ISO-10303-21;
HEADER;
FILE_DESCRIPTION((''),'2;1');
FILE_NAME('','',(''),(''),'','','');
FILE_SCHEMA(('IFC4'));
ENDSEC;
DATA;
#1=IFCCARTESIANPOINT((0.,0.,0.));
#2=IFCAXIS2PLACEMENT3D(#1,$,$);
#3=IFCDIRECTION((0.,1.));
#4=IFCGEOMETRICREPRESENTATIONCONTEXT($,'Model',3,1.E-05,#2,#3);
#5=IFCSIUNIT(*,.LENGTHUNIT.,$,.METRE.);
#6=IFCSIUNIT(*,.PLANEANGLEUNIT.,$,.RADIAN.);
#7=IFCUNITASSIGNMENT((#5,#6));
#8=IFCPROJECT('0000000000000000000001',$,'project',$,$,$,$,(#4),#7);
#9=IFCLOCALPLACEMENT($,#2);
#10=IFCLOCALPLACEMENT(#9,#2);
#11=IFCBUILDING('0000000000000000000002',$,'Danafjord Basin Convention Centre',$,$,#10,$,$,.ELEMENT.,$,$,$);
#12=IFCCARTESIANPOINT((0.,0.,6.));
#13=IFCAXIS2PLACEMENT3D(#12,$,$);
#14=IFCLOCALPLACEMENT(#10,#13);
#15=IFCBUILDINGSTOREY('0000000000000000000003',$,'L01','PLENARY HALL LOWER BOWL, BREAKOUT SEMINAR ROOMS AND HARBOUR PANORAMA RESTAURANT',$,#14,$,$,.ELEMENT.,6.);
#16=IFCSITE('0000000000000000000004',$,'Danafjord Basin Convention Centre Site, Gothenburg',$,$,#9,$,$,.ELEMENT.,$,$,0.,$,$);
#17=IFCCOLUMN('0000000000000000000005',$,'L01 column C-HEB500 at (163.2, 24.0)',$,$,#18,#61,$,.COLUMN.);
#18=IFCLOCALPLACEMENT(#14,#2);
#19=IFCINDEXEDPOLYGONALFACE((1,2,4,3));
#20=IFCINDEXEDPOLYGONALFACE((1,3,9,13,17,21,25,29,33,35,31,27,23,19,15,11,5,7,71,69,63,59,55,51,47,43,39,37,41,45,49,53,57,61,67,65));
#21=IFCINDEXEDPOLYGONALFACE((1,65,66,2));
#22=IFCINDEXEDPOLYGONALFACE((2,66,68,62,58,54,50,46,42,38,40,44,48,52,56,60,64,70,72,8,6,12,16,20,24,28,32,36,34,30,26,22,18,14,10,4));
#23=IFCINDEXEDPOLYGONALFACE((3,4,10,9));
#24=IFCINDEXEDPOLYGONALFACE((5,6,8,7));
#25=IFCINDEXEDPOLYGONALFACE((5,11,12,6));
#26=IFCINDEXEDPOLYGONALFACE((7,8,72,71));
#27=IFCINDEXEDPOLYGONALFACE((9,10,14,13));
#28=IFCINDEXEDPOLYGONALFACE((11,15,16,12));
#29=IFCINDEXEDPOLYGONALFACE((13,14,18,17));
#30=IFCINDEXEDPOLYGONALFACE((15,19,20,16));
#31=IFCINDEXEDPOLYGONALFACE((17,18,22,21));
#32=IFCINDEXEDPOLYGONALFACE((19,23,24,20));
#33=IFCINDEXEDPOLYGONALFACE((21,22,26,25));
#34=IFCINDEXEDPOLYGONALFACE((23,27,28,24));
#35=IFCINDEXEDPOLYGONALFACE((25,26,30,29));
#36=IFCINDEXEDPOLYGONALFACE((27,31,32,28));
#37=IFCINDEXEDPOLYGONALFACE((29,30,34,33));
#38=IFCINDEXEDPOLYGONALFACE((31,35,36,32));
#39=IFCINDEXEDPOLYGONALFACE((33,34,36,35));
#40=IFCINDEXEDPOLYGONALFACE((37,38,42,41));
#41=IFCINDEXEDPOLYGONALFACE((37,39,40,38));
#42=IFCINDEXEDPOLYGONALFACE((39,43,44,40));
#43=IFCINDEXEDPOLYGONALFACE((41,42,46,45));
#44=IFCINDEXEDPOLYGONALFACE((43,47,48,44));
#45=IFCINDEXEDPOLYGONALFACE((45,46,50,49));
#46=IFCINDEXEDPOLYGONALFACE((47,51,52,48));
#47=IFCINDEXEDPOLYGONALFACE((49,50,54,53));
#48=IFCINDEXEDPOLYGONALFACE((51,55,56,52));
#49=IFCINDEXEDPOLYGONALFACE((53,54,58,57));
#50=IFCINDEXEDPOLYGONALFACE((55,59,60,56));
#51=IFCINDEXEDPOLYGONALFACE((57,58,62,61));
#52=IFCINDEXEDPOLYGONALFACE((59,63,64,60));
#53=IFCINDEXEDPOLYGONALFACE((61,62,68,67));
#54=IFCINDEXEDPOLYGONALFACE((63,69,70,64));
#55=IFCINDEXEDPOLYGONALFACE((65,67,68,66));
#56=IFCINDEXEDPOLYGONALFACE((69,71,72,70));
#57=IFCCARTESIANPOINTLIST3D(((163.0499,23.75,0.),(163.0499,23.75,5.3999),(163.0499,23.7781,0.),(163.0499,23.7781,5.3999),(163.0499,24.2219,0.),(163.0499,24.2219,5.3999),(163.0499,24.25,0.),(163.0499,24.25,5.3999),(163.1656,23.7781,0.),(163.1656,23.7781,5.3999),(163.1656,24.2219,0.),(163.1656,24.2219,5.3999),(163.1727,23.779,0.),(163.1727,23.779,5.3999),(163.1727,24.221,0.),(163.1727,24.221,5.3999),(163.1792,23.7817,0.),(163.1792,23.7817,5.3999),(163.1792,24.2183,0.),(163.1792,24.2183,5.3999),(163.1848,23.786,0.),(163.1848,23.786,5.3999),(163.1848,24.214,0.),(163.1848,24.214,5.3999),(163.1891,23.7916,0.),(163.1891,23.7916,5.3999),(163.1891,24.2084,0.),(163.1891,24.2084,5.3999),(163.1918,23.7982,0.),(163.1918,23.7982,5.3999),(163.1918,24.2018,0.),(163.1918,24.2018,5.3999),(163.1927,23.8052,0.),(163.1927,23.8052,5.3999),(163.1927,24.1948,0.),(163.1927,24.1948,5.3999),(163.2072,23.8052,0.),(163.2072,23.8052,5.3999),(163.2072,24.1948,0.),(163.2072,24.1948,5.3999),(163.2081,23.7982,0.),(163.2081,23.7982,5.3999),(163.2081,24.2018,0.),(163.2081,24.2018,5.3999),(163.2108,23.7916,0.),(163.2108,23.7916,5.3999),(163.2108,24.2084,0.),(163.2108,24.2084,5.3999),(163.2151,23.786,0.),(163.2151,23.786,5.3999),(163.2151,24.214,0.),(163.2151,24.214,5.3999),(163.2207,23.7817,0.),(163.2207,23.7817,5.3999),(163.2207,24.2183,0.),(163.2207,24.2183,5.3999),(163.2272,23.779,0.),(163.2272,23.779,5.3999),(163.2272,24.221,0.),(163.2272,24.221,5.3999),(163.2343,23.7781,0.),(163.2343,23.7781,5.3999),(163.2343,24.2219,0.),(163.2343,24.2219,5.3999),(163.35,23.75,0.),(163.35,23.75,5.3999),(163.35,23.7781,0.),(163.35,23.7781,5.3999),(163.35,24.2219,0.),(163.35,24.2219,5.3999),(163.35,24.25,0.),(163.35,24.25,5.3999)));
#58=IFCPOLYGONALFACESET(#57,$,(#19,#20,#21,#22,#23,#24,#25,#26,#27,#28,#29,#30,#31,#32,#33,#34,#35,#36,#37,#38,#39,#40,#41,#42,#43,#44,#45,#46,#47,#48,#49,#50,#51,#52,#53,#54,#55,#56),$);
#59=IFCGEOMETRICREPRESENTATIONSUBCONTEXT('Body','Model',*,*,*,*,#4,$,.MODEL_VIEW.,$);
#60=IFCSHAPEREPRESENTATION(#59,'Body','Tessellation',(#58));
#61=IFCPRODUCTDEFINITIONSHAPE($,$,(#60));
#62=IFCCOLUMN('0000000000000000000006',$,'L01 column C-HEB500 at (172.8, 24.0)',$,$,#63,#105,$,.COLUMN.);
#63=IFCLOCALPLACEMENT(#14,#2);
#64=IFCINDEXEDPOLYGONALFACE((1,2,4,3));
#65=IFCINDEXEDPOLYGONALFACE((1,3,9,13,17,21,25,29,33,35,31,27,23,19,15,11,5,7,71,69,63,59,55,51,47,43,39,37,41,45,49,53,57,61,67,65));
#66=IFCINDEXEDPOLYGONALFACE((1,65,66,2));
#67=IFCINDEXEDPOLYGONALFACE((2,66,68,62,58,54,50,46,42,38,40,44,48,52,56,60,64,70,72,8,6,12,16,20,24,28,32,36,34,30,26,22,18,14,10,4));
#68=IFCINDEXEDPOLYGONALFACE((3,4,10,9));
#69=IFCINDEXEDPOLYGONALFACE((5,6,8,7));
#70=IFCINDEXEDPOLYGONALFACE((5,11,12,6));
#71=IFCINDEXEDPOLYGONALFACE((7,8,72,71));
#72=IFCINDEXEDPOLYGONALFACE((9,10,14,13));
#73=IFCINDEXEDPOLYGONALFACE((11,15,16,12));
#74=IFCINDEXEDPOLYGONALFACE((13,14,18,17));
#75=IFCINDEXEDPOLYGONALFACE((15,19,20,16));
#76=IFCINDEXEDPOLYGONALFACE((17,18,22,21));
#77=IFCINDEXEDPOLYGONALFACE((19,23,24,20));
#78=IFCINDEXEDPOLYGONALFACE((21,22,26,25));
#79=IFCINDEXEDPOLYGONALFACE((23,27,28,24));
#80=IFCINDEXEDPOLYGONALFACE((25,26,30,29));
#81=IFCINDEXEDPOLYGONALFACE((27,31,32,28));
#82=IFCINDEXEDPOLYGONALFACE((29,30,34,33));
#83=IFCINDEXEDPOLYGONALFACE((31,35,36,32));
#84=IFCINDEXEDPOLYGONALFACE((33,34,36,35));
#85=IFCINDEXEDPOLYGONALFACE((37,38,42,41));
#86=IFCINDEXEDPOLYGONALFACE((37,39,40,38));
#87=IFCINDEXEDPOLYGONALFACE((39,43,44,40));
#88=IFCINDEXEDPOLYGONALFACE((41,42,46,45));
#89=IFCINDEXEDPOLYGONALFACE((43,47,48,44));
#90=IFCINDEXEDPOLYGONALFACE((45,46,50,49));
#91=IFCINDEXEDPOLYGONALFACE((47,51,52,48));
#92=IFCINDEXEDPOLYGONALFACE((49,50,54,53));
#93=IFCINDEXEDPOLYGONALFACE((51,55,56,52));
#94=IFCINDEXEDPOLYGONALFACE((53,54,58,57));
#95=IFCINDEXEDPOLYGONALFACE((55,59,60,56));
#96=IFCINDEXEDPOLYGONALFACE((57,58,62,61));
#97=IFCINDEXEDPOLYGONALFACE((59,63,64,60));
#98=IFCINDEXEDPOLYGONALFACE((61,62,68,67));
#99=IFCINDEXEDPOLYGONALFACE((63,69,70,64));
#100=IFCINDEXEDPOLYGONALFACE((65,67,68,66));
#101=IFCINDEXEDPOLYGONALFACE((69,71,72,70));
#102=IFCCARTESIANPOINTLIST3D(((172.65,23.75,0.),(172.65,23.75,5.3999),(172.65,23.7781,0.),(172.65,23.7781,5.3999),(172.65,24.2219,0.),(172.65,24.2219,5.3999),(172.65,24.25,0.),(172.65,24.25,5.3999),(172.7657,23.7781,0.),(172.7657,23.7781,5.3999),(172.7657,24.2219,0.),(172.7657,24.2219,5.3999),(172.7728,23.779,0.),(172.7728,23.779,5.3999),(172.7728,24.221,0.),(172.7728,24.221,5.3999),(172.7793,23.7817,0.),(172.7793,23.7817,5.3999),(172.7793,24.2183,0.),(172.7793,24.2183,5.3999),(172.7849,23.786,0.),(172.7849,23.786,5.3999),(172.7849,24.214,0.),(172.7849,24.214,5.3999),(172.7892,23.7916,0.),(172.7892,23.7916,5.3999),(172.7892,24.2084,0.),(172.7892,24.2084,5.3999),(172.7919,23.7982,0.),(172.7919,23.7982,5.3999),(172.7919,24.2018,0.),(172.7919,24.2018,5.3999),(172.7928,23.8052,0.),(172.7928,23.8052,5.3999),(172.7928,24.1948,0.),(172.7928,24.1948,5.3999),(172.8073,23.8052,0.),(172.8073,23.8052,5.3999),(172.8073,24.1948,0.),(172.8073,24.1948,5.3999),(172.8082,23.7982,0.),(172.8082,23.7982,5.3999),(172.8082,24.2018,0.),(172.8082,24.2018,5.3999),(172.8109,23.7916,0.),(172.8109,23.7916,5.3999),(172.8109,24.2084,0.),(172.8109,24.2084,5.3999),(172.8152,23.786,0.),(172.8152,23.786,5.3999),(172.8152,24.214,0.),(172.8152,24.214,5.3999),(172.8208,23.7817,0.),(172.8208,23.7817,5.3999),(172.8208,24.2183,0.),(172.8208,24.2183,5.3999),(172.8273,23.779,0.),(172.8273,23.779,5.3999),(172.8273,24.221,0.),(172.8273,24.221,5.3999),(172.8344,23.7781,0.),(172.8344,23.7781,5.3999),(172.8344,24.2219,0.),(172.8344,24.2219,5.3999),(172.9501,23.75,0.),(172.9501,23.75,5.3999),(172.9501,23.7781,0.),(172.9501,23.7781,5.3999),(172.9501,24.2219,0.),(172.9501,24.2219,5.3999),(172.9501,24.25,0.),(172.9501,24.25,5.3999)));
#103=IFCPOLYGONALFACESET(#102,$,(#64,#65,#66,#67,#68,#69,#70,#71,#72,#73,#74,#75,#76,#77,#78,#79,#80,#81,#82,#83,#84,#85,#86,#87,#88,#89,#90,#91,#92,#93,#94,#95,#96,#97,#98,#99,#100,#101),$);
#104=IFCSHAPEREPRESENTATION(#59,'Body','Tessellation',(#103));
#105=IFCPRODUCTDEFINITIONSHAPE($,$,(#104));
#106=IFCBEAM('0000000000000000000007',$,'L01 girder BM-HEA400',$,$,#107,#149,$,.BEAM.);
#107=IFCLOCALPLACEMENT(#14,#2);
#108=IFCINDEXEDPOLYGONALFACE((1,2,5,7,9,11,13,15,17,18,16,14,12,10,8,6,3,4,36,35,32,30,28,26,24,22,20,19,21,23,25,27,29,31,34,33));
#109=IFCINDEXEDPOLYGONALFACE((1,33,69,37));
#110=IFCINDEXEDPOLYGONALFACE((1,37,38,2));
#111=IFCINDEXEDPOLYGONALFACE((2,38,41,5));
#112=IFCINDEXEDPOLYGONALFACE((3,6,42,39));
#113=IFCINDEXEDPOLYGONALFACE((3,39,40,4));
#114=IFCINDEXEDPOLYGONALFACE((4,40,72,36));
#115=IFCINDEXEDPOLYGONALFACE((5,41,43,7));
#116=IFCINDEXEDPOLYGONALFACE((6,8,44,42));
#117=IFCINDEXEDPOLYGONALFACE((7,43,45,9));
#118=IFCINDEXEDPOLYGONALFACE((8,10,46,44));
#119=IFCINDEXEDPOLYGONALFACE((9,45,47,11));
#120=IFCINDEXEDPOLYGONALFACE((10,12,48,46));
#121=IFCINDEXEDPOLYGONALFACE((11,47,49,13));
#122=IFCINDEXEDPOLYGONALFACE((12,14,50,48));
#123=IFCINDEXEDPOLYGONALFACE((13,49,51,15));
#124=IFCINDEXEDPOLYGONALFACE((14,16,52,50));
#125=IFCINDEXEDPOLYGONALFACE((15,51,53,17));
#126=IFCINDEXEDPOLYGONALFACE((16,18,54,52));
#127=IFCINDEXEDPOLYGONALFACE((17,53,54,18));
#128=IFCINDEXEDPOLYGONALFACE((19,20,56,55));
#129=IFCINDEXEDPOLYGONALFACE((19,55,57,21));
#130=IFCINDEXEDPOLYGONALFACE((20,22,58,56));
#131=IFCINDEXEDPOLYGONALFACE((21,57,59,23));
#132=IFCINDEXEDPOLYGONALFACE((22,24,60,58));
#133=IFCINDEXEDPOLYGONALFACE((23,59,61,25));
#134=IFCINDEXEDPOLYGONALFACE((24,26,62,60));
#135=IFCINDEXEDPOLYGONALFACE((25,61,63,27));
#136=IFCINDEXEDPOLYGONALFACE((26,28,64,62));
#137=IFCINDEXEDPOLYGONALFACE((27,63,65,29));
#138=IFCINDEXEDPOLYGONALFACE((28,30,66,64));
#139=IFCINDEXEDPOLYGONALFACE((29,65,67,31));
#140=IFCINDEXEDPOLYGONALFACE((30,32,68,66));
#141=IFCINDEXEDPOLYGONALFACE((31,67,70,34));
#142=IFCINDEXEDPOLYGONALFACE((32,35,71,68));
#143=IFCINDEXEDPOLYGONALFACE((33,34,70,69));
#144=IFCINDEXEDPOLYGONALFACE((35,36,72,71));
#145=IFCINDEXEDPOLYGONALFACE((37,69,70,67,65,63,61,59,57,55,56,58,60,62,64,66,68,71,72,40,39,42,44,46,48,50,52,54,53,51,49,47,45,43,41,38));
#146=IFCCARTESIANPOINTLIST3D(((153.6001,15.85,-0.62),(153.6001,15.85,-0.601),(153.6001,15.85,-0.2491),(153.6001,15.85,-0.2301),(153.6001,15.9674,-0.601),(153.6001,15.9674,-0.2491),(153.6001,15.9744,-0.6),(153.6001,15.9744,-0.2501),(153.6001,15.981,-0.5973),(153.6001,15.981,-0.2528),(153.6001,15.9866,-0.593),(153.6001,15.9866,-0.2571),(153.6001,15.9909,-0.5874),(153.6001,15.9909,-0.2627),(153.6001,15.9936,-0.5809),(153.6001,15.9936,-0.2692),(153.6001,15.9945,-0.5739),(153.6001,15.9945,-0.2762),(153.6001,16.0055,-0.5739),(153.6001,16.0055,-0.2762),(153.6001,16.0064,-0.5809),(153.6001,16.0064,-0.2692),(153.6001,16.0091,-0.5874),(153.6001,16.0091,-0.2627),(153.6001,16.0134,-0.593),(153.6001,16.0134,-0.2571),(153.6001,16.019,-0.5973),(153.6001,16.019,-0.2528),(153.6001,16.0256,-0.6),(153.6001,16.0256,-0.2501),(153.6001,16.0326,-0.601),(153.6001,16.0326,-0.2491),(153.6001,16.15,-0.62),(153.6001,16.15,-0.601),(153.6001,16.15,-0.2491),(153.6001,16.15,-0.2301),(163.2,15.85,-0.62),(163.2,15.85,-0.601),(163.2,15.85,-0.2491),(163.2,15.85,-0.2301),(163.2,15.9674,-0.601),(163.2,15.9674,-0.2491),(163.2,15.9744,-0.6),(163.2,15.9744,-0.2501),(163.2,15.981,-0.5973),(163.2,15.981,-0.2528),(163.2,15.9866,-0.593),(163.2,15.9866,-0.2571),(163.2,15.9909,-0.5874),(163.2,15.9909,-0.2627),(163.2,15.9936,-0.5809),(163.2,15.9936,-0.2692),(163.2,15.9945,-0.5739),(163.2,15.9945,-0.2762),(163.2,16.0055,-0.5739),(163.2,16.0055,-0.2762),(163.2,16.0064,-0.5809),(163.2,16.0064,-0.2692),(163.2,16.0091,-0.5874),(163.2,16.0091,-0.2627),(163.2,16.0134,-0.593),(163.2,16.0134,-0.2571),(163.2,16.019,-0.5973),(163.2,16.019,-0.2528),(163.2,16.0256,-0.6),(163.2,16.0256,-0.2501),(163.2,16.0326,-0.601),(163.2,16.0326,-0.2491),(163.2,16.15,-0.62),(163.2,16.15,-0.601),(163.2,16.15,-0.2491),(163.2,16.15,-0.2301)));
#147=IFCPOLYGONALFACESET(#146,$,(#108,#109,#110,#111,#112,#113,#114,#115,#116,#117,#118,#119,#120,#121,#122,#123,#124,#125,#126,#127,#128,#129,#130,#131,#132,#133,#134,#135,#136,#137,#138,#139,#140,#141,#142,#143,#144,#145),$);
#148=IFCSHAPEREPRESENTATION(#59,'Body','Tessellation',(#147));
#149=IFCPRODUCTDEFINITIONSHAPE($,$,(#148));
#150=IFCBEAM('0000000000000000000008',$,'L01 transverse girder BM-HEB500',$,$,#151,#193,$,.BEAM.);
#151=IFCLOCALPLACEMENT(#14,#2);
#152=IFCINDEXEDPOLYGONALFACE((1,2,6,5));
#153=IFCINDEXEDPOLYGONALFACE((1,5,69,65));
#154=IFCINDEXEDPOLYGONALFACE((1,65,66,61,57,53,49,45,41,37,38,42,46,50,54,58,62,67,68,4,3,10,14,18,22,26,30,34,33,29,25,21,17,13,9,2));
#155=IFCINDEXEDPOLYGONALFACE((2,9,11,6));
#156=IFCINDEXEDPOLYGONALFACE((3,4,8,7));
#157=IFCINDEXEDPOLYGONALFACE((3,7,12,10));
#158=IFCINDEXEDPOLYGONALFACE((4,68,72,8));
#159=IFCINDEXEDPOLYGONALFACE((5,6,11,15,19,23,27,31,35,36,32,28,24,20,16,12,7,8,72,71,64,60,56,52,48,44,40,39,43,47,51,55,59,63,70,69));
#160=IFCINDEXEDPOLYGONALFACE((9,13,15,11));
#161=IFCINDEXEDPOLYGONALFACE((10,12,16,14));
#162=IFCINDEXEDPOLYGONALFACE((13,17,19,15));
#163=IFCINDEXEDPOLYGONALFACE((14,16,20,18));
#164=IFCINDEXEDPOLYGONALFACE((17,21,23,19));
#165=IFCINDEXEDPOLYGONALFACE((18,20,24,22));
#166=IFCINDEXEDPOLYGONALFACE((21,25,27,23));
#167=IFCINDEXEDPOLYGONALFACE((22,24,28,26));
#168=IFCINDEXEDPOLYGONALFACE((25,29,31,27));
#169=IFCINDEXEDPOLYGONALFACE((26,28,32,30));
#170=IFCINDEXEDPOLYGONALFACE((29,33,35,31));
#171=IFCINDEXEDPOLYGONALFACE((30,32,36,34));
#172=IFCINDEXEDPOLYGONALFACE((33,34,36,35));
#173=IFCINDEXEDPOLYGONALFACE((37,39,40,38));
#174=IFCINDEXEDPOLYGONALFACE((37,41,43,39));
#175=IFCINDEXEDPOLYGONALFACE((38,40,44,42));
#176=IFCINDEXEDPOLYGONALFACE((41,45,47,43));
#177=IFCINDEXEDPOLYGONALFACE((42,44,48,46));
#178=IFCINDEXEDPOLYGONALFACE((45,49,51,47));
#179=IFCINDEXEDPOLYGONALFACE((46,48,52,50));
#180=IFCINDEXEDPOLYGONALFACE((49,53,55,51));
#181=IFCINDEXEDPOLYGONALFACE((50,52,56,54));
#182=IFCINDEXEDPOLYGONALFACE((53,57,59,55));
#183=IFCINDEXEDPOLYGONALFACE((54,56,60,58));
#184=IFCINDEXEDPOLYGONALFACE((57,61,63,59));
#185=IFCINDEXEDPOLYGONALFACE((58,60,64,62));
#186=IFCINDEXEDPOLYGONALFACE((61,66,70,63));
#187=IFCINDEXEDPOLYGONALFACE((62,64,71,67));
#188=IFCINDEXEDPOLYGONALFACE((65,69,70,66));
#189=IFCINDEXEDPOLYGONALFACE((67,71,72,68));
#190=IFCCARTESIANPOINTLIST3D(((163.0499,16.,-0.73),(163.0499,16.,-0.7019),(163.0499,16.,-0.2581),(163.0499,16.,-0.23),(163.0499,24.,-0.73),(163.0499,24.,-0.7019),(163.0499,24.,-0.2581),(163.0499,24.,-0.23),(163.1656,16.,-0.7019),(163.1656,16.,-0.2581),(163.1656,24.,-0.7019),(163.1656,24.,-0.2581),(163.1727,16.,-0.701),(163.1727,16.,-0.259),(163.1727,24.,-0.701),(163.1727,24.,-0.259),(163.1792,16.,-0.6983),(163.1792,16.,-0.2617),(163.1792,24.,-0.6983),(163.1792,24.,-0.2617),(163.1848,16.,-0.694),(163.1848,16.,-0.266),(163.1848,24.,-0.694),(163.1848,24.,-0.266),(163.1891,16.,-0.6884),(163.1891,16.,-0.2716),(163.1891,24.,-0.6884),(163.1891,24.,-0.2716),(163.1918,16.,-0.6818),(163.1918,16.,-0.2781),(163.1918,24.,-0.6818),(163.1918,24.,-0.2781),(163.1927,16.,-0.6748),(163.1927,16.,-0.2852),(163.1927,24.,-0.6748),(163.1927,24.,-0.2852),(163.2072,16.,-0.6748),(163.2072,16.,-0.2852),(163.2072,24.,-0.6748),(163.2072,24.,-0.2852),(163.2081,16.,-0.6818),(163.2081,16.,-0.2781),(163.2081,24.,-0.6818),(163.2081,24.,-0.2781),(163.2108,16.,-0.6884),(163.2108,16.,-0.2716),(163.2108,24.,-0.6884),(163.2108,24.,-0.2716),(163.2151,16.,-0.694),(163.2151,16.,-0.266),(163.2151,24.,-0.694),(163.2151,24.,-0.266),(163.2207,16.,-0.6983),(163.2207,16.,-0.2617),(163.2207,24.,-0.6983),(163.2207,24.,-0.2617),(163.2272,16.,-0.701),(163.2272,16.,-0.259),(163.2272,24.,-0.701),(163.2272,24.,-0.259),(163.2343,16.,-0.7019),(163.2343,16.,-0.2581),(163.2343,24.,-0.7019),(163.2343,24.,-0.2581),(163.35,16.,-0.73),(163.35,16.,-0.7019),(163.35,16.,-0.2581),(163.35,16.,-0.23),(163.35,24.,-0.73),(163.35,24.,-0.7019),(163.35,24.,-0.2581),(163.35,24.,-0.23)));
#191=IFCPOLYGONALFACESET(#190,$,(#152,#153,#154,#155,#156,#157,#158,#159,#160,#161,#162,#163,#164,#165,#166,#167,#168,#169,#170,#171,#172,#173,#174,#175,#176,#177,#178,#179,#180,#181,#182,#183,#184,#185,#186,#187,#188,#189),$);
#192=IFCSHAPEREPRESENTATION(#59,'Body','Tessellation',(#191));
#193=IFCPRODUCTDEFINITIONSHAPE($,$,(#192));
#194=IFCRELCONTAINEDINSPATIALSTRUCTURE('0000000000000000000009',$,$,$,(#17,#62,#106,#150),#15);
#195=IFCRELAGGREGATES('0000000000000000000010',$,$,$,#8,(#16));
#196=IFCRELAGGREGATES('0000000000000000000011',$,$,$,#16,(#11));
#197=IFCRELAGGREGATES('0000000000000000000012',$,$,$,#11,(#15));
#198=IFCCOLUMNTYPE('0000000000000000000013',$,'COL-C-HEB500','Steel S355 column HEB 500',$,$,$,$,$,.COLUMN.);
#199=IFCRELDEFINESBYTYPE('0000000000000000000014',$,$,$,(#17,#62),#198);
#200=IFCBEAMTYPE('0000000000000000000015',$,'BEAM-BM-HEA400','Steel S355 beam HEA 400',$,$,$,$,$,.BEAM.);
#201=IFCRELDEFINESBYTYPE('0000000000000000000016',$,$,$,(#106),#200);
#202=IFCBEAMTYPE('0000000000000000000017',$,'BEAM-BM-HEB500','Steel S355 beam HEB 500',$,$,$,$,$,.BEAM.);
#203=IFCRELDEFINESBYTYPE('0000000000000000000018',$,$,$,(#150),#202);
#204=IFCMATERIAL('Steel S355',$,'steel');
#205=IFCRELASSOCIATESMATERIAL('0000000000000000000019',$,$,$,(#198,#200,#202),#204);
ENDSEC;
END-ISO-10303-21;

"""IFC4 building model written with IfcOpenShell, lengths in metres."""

from ifc_helpers import new_model, si_unit, direction, frame, origin, origin_2d, place, context, subcontext, project, spatial, i_section, extrude, material, material_profile, profile_set, type_object, element, save


model = new_model("IFC4")

# Units and contexts
model_context = context("Model", 3, precision=1e-05, world=origin(), true_north=direction((0.0, 1.0)))
body_context = subcontext(model_context, "Body", "Model", "MODEL_VIEW")
ifc_project = project(units=[si_unit("LENGTHUNIT", "METRE"), si_unit("PLANEANGLEUNIT", "RADIAN")], contexts=[model_context])

# Site, building, storey
site_placement = place(None, origin())
site = spatial("IfcSite", under=ifc_project, at=site_placement, Name="Danafjord Basin Convention Centre Site, Gothenburg", CompositionType="ELEMENT", RefElevation=0.0)
building_placement = place(site_placement, origin())
building = spatial("IfcBuilding", under=site, at=building_placement, Name="Danafjord Basin Convention Centre", CompositionType="ELEMENT")
storey_placement = place(building_placement, frame((0.0, 0.0, 6.0)))
storey = spatial("IfcBuildingStorey", under=building, at=storey_placement, Name="L01", Description="PLENARY HALL LOWER BOWL, BREAKOUT SEMINAR ROOMS AND HARBOUR PANORAMA RESTAURANT", CompositionType="ELEMENT", Elevation=6.0)

# Columns
ifc_material_1 = material(Name="Steel S355", Category="steel")
ifc_material_profile_1 = material_profile(ifc_material_1, i_section(OverallWidth=0.3, OverallDepth=0.5, WebThickness=0.0144, FlangeThickness=0.0281, FilletRadius=0.0271, at=origin_2d()), Name="HEB 500")
ifc_profile_set_1 = profile_set([ifc_material_profile_1], Name="Steel S355")
column_type_1 = type_object("IfcColumnType", Name="COL-C-HEB500", Description="Steel S355 column HEB 500", PredefinedType="COLUMN", material=ifc_profile_set_1)
for number, where, z_axis, x_axis, name in (
    (1, (163.2, 24.0, 0.0), (0.0, 0.0, 1.0), (1.0, 0.0, 0.0), "L01 column C-HEB500 at (163.2, 24.0)"),
    (2, (172.8, 24.0, 0.0), (0.0, 0.0, 1.0), (1.0, 0.0, 0.0), "L01 column C-HEB500 at (172.8, 24.0)"),
):
    element("IfcColumn", number, at=place(storey_placement, frame(where, z_axis=z_axis, x_axis=x_axis)), inside=storey, type_object=column_type_1, Name=name, PredefinedType="COLUMN", context=body_context, shape_type="SweptSolid", body=[
        extrude(i_section(OverallWidth=0.3, OverallDepth=0.5, WebThickness=0.0144, FlangeThickness=0.0281, FilletRadius=0.0271, at=origin_2d()), origin(), (0.0, 0.0, 1.0), 5.3999),
    ])

# Beams
ifc_material_profile_2 = material_profile(ifc_material_1, i_section(OverallWidth=0.3, OverallDepth=0.3899, WebThickness=0.011, FlangeThickness=0.019, FilletRadius=0.0271, at=origin_2d()), Name="HEA 400")
ifc_profile_set_2 = profile_set([ifc_material_profile_2], Name="Steel S355")
beam_type_1 = type_object("IfcBeamType", Name="BEAM-BM-HEA400", Description="Steel S355 beam HEA 400", PredefinedType="BEAM", material=ifc_profile_set_2)
beam_1_placement = place(storey_placement, frame((153.6001, 16.0, -0.425), z_axis=(1.0, 0.0, 0.0), x_axis=(0.0, 1.0, 0.0)))
element("IfcBeam", 3, at=beam_1_placement, inside=storey, type_object=beam_type_1, Name="L01 girder BM-HEA400", PredefinedType="BEAM", context=body_context, shape_type="SweptSolid", body=[
    extrude(i_section(OverallWidth=0.3, OverallDepth=0.3899, WebThickness=0.011, FlangeThickness=0.019, FilletRadius=0.0271, at=origin_2d()), origin(), (0.0, 0.0, 1.0), 9.5999),
])
ifc_material_profile_3 = material_profile(ifc_material_1, i_section(OverallWidth=0.3, OverallDepth=0.5, WebThickness=0.0144, FlangeThickness=0.0281, FilletRadius=0.0271, at=origin_2d()), Name="HEB 500")
ifc_profile_set_3 = profile_set([ifc_material_profile_3], Name="Steel S355")
beam_type_2 = type_object("IfcBeamType", Name="BEAM-BM-HEB500", Description="Steel S355 beam HEB 500", PredefinedType="BEAM", material=ifc_profile_set_3)
beam_2_placement = place(storey_placement, frame((163.2, 16.0, -0.48), z_axis=(0.0, 1.0, 0.0), x_axis=(-1.0, 0.0, 0.0)))
element("IfcBeam", 4, at=beam_2_placement, inside=storey, type_object=beam_type_2, Name="L01 transverse girder BM-HEB500", PredefinedType="BEAM", context=body_context, shape_type="SweptSolid", body=[
    extrude(i_section(OverallWidth=0.3, OverallDepth=0.5, WebThickness=0.0144, FlangeThickness=0.0281, FilletRadius=0.0271, at=origin_2d()), origin(), (0.0, 0.0, 1.0), 8.0),
])

save(model, "model.ifc")
